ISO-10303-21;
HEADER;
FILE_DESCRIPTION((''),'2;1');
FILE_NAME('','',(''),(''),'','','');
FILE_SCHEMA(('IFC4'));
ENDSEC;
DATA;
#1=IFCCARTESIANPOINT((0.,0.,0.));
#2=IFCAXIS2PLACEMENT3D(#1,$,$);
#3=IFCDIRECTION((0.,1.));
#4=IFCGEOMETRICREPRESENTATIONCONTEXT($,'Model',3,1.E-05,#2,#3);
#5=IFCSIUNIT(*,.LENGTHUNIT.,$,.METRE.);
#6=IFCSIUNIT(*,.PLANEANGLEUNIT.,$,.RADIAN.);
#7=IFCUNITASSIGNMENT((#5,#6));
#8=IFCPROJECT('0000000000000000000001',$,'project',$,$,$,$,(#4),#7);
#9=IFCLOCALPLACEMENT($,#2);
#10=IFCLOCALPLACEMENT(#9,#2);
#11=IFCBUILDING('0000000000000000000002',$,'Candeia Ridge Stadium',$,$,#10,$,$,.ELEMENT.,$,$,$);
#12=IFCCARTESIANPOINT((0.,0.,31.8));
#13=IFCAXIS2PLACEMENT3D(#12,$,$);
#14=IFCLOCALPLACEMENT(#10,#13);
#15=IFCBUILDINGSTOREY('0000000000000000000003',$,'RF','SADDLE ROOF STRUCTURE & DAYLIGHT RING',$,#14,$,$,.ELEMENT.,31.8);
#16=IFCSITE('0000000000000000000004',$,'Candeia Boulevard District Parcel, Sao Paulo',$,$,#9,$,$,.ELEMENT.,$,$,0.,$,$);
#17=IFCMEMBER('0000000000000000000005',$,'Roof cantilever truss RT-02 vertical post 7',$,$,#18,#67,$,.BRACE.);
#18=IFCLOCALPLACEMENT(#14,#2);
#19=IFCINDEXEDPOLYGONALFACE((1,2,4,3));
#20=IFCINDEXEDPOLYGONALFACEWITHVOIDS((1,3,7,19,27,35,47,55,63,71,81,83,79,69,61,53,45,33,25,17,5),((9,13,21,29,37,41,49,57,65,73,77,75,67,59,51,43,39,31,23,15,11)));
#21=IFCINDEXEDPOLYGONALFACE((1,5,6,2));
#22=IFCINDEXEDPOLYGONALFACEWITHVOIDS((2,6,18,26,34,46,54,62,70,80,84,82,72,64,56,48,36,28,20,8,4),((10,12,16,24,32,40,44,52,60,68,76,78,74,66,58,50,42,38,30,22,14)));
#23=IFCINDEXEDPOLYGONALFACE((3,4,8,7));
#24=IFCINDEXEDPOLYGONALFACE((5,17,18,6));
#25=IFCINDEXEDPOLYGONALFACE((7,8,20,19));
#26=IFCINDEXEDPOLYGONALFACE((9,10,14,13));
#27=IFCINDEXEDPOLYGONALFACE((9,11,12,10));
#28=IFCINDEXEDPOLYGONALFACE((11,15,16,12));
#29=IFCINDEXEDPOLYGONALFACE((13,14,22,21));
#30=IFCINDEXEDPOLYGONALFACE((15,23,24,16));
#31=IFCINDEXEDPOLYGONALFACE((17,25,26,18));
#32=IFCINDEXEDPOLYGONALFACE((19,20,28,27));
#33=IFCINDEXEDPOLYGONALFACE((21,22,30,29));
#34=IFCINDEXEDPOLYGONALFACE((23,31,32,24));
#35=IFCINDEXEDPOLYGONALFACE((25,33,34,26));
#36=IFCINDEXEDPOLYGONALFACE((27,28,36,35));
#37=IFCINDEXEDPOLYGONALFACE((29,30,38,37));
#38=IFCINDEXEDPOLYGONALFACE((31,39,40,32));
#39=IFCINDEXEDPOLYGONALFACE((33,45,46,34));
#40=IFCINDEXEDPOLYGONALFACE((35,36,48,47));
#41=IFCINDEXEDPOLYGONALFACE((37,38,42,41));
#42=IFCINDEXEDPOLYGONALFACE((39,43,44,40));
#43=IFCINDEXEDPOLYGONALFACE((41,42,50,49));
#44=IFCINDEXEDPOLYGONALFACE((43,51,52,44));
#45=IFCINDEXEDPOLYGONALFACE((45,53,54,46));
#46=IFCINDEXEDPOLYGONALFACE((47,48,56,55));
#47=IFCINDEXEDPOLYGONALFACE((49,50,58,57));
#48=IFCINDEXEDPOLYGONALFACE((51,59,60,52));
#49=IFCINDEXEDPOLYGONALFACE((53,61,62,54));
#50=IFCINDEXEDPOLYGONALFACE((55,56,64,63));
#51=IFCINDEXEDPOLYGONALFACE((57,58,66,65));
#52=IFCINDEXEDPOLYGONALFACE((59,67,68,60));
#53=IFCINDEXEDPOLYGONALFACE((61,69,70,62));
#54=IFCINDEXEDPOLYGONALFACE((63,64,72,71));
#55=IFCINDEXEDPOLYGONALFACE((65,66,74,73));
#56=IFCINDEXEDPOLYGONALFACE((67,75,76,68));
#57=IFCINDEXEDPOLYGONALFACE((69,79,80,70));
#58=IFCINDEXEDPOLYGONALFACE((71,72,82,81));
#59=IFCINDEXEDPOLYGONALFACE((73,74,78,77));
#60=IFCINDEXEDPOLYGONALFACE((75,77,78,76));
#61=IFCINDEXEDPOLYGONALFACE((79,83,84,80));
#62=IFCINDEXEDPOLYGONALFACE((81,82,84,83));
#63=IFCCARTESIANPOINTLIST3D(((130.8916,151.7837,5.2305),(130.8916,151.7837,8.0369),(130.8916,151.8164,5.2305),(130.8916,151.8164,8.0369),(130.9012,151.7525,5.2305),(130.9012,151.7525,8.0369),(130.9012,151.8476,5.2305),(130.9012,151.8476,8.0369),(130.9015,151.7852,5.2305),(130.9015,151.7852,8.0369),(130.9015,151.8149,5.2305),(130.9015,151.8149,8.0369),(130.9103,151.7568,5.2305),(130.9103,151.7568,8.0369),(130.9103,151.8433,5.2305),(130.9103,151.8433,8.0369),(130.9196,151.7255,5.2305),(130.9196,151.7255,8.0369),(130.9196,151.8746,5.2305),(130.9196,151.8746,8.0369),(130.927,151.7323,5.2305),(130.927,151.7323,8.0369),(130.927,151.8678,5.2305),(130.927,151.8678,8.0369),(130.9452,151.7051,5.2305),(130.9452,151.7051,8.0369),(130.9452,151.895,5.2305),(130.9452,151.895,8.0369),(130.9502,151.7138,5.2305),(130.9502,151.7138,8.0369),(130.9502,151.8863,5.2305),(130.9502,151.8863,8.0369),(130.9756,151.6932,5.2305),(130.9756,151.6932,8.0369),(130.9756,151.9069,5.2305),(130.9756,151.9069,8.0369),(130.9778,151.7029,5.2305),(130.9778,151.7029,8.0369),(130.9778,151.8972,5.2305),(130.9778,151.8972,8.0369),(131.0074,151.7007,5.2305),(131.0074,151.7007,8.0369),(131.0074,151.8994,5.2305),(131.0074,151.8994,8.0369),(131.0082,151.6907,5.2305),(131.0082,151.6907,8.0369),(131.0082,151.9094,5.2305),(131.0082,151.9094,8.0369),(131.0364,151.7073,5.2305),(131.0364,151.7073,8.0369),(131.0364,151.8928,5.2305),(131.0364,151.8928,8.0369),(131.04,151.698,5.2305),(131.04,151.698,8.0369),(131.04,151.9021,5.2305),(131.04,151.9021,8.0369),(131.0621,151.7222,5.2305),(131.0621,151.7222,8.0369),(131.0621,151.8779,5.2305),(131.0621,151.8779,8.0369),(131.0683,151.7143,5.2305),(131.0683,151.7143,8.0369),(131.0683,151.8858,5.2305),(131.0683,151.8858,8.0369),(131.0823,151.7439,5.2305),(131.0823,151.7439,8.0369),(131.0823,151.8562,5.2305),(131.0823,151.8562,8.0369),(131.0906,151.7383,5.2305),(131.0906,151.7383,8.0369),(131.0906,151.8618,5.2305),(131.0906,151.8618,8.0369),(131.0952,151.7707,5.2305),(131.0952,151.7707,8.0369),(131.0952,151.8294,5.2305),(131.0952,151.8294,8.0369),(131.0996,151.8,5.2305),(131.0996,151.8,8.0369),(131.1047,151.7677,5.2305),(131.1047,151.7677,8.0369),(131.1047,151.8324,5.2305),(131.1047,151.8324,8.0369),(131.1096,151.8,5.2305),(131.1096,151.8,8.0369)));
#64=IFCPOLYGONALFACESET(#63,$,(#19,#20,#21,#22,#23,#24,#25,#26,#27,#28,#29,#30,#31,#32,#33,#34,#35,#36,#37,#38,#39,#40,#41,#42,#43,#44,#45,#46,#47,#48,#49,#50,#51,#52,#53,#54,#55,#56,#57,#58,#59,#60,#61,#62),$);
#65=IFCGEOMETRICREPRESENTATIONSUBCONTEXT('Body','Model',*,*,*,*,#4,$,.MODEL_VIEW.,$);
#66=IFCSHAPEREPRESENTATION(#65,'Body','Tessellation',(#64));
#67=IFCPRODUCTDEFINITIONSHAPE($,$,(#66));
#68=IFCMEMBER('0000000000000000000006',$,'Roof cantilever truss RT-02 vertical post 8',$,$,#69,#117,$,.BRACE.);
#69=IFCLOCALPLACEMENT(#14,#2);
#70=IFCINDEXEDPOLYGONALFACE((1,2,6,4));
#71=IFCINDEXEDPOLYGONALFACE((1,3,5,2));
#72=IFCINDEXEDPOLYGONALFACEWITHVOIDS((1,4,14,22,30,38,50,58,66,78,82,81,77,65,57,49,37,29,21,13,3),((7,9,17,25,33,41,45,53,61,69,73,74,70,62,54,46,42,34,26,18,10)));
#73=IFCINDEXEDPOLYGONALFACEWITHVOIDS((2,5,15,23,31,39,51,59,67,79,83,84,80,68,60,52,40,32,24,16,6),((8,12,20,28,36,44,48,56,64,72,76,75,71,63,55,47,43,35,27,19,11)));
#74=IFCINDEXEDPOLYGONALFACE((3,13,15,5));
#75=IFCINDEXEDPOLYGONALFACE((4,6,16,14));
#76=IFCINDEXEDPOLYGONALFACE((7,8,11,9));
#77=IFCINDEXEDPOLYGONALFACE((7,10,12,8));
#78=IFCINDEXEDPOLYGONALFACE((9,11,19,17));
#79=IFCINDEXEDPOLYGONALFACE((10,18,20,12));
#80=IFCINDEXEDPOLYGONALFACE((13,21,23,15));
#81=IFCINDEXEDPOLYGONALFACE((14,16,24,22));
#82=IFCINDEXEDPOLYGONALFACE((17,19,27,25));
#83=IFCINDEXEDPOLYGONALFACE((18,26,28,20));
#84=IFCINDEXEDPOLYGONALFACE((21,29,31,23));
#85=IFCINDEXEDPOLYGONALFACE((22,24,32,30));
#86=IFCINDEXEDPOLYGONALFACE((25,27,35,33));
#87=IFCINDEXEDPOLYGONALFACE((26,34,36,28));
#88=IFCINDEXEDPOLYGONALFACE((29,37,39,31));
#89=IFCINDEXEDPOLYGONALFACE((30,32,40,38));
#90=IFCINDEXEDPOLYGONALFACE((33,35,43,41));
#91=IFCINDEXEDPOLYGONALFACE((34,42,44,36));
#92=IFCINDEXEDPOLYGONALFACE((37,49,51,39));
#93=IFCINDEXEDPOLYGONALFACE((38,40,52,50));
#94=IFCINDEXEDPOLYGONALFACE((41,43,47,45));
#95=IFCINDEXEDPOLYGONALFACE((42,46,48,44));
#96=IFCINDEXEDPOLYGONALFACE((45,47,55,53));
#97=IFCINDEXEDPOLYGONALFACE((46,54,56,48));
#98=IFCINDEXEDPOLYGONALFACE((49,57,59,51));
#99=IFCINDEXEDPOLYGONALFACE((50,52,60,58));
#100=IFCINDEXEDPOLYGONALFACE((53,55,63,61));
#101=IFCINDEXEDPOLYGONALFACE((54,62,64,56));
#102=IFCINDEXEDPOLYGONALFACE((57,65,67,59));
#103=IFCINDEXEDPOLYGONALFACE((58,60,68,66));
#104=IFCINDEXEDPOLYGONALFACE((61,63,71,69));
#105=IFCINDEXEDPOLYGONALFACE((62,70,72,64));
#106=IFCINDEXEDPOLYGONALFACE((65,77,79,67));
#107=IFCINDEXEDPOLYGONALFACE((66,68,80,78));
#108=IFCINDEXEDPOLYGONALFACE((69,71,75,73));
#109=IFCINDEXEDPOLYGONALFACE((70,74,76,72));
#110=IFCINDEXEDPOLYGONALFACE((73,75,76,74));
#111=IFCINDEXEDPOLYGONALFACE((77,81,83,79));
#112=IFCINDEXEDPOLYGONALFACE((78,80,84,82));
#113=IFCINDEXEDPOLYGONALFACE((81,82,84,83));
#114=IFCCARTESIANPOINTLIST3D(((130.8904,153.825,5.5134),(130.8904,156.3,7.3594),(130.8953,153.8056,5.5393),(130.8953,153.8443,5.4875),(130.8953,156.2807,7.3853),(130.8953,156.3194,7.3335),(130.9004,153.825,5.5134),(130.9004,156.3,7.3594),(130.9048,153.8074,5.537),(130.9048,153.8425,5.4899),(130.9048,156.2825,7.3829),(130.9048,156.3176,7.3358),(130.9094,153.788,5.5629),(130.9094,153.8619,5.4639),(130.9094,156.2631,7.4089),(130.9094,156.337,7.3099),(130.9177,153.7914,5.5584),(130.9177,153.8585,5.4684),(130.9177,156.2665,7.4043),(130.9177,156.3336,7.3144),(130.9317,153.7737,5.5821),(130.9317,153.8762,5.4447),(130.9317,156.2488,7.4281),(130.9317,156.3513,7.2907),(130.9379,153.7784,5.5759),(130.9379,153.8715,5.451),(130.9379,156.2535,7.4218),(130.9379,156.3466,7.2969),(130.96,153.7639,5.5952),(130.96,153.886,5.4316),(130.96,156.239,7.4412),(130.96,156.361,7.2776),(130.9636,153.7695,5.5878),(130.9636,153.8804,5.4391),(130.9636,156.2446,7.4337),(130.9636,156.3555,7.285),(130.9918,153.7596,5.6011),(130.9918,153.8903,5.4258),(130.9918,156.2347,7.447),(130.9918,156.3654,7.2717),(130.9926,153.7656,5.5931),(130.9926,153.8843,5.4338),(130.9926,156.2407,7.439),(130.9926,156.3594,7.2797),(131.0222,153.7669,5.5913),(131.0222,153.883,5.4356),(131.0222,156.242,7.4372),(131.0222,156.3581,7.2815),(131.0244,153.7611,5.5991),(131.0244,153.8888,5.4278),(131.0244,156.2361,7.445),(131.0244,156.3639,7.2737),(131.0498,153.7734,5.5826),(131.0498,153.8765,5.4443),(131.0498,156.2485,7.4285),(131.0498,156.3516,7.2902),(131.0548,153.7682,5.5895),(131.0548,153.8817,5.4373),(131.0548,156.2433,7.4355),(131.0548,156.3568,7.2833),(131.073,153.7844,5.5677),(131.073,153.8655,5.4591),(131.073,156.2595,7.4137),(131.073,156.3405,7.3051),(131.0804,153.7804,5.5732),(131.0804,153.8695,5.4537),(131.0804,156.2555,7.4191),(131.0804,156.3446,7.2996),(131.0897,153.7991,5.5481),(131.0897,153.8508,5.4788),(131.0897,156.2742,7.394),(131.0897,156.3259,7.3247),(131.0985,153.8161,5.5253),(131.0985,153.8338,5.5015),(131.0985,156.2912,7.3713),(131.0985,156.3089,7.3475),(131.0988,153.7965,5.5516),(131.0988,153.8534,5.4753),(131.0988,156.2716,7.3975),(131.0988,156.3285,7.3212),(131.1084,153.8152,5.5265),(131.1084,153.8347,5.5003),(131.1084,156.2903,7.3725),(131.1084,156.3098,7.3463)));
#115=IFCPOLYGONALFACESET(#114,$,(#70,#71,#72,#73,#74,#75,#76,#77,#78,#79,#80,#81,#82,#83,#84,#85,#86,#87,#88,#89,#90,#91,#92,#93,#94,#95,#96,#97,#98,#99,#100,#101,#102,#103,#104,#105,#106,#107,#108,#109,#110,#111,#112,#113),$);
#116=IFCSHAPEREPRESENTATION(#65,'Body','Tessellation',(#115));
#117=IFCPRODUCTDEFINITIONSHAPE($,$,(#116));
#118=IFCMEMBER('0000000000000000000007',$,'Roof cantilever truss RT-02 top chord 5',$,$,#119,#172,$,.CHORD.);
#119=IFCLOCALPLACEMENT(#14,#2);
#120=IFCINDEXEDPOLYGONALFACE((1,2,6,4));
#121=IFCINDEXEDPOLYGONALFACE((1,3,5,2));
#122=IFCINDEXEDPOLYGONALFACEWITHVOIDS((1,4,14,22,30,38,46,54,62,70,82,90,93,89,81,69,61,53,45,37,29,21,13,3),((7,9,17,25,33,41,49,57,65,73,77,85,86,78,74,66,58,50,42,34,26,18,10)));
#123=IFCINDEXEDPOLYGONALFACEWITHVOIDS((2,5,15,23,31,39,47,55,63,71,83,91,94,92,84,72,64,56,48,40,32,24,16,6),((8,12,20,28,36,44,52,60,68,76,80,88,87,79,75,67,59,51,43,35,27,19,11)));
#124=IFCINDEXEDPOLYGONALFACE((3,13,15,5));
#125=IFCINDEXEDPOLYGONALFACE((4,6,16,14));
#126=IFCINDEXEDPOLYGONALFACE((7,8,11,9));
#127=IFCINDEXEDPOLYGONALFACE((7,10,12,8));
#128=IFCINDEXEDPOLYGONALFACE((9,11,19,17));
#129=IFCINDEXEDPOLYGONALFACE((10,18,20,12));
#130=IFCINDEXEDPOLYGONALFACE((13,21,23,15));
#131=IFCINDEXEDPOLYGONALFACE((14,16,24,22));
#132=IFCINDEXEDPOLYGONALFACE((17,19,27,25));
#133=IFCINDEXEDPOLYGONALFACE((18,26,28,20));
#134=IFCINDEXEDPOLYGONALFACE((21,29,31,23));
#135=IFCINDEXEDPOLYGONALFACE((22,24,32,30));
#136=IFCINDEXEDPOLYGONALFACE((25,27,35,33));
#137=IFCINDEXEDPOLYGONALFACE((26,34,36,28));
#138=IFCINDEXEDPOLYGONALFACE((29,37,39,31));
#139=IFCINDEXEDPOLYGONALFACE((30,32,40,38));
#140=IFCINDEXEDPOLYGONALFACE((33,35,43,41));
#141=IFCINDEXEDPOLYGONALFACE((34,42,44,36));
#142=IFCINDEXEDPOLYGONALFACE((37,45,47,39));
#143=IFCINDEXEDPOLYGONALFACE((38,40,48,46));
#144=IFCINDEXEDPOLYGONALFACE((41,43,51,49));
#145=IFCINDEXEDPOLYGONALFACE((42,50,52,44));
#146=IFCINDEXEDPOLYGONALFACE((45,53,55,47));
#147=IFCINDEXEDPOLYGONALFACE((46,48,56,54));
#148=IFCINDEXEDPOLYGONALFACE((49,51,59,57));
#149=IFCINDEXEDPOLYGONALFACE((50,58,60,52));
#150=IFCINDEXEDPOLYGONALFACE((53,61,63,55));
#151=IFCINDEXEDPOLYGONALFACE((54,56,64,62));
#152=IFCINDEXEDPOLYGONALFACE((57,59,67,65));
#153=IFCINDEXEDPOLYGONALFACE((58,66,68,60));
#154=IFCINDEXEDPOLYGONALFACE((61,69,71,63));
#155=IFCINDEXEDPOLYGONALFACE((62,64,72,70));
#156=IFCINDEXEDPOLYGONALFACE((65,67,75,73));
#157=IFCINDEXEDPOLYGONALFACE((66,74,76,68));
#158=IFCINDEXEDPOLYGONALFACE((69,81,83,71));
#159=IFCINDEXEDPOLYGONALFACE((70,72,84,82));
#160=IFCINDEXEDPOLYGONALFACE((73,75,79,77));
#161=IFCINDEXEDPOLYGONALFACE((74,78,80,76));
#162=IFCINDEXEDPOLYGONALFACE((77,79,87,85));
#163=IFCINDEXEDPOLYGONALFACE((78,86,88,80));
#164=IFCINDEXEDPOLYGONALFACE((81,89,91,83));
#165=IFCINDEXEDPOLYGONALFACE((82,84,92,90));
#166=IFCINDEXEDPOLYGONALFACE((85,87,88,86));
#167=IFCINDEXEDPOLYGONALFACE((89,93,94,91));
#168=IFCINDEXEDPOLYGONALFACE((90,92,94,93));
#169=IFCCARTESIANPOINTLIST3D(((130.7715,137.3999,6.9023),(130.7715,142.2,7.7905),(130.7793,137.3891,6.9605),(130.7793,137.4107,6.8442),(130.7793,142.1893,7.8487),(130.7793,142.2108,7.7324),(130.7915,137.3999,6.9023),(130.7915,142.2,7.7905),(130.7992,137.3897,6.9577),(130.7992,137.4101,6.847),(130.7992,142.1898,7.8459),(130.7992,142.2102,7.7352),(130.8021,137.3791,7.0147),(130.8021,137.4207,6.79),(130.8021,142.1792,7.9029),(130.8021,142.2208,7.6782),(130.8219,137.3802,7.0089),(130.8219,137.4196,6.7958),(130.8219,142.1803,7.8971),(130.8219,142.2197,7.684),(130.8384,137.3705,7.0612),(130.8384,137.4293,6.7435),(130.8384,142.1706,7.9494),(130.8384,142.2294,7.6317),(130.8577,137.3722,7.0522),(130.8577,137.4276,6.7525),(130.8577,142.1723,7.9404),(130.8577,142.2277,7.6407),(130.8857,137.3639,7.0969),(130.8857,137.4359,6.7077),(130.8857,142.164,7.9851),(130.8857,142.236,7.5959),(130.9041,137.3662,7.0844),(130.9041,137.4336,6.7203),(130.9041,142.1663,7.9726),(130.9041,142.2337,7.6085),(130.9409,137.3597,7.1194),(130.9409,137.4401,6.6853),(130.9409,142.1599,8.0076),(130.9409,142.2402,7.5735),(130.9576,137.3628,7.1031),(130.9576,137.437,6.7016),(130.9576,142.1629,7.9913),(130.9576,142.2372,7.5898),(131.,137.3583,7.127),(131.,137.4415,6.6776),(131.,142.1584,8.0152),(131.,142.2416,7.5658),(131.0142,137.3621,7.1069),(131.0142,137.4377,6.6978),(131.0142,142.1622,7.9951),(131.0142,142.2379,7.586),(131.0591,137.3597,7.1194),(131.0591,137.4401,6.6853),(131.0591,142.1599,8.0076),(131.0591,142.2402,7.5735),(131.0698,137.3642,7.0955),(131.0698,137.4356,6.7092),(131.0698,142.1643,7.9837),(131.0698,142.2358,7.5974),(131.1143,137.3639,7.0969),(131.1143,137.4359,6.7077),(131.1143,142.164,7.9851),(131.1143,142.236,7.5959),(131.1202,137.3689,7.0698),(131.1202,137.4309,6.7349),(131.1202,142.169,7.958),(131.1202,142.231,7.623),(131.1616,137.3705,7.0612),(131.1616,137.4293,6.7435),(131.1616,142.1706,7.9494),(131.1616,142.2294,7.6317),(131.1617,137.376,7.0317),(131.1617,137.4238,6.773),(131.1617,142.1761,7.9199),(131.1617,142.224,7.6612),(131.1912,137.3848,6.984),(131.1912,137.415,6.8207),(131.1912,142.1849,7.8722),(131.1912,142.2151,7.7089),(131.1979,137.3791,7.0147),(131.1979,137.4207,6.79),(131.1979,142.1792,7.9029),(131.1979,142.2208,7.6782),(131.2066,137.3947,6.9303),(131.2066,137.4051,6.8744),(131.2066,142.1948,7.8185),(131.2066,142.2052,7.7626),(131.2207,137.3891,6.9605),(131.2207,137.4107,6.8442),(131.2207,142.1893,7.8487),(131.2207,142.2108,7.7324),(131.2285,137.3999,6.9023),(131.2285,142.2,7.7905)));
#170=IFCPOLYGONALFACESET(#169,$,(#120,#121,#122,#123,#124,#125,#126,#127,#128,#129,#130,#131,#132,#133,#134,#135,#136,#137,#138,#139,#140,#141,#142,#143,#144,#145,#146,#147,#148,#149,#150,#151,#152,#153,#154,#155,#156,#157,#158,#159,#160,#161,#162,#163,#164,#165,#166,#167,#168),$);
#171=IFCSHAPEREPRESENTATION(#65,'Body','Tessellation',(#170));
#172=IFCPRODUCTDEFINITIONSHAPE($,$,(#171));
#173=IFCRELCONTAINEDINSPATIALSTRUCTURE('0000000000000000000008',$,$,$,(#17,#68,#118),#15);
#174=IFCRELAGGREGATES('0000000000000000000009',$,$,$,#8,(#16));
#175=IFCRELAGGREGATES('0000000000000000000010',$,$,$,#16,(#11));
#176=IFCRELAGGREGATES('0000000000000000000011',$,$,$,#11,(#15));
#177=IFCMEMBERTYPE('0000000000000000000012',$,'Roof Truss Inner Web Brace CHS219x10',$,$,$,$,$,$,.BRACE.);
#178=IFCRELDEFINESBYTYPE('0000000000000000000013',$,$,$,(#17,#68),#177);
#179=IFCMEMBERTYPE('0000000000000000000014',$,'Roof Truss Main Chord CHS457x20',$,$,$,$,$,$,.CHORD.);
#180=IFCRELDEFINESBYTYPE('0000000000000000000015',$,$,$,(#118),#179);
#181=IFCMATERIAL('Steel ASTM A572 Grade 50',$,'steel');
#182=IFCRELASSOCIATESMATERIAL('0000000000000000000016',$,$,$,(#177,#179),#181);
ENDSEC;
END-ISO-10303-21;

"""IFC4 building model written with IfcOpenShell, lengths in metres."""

from ifc_helpers import new_model, si_unit, direction, frame, origin, origin_2d, place, context, subcontext, project, spatial, hollow_circle, extrude, material, material_profile, profile_set, type_object, element, save


model = new_model("IFC4")

# Units and contexts
model_context = context("Model", 3, precision=1e-05, world=origin(), true_north=direction((0.0, 1.0)))
body_context = subcontext(model_context, "Body", "Model", "MODEL_VIEW")
ifc_project = project(units=[si_unit("LENGTHUNIT", "METRE"), si_unit("PLANEANGLEUNIT", "RADIAN")], contexts=[model_context])

# Site, building, storey
site_placement = place(None, origin())
site = spatial("IfcSite", under=ifc_project, at=site_placement, Name="Candeia Boulevard District Parcel, Sao Paulo", CompositionType="ELEMENT", RefElevation=0.0)
building_placement = place(site_placement, origin())
building = spatial("IfcBuilding", under=site, at=building_placement, Name="Candeia Ridge Stadium", CompositionType="ELEMENT")
storey_placement = place(building_placement, frame((0.0, 0.0, 31.8)))
storey = spatial("IfcBuildingStorey", under=building, at=storey_placement, Name="RF", Description="SADDLE ROOF STRUCTURE & DAYLIGHT RING", CompositionType="ELEMENT", Elevation=31.8)

# Shared definitions
ifc_material_1 = material(Name="Steel ASTM A572 Grade 50", Category="steel")

# Members
ifc_material_profile_1 = material_profile(ifc_material_1, hollow_circle(Radius=0.1096, WallThickness=0.01, at=origin_2d()), Name="CHS219x10", Category="steel")
ifc_profile_set_1 = profile_set([ifc_material_profile_1], Name="Steel ASTM A572 Grade 50")
member_type_1 = type_object("IfcMemberType", Name="Roof Truss Inner Web Brace CHS219x10", PredefinedType="BRACE", material=ifc_profile_set_1)
member_1_placement = place(storey_placement, frame((131.0, 151.8, 5.2305), z_axis=(0.0, 0.0, 1.0), x_axis=(1.0, 0.0, 0.0)))
element("IfcMember", 1, at=member_1_placement, inside=storey, type_object=member_type_1, Name="Roof cantilever truss RT-02 vertical post 7", PredefinedType="BRACE", context=body_context, shape_type="SweptSolid", body=[
    extrude(hollow_circle(Radius=0.1096, WallThickness=0.01, at=origin_2d()), origin(), (0.0, 0.0, 1.0), 2.8064),
])
member_2_placement = place(storey_placement, frame((131.0, 153.825, 5.5134), z_axis=(0.0, 0.80161, 0.597847), x_axis=(-1.0, 0.0, 0.0)))
element("IfcMember", 2, at=member_2_placement, inside=storey, type_object=member_type_1, Name="Roof cantilever truss RT-02 vertical post 8", PredefinedType="BRACE", context=body_context, shape_type="SweptSolid", body=[
    extrude(hollow_circle(Radius=0.1096, WallThickness=0.01, at=origin_2d()), origin(), (0.0, 0.0, 1.0), 3.0876),
])
ifc_material_profile_2 = material_profile(ifc_material_1, hollow_circle(Radius=0.2285, WallThickness=0.02, at=origin_2d()), Name="CHS457x20", Category="steel")
ifc_profile_set_2 = profile_set([ifc_material_profile_2], Name="Steel ASTM A572 Grade 50")
member_type_2 = type_object("IfcMemberType", Name="Roof Truss Main Chord CHS457x20", PredefinedType="CHORD", material=ifc_profile_set_2)
for number, where, z_axis, x_axis, name in (
    (3, (131.0, 137.3999, 6.9023), (0.0, 0.983308, 0.181948), (-1.0, 0.0, 0.0), "Roof cantilever truss RT-02 top chord 5"),
):
    element("IfcMember", number, at=place(storey_placement, frame(where, z_axis=z_axis, x_axis=x_axis)), inside=storey, type_object=member_type_2, Name=name, PredefinedType="CHORD", context=body_context, shape_type="SweptSolid", body=[
        extrude(hollow_circle(Radius=0.2285, WallThickness=0.02, at=origin_2d()), origin(), (0.0, 0.0, 1.0), 4.8816),
    ])

save(model, "model.ifc")
